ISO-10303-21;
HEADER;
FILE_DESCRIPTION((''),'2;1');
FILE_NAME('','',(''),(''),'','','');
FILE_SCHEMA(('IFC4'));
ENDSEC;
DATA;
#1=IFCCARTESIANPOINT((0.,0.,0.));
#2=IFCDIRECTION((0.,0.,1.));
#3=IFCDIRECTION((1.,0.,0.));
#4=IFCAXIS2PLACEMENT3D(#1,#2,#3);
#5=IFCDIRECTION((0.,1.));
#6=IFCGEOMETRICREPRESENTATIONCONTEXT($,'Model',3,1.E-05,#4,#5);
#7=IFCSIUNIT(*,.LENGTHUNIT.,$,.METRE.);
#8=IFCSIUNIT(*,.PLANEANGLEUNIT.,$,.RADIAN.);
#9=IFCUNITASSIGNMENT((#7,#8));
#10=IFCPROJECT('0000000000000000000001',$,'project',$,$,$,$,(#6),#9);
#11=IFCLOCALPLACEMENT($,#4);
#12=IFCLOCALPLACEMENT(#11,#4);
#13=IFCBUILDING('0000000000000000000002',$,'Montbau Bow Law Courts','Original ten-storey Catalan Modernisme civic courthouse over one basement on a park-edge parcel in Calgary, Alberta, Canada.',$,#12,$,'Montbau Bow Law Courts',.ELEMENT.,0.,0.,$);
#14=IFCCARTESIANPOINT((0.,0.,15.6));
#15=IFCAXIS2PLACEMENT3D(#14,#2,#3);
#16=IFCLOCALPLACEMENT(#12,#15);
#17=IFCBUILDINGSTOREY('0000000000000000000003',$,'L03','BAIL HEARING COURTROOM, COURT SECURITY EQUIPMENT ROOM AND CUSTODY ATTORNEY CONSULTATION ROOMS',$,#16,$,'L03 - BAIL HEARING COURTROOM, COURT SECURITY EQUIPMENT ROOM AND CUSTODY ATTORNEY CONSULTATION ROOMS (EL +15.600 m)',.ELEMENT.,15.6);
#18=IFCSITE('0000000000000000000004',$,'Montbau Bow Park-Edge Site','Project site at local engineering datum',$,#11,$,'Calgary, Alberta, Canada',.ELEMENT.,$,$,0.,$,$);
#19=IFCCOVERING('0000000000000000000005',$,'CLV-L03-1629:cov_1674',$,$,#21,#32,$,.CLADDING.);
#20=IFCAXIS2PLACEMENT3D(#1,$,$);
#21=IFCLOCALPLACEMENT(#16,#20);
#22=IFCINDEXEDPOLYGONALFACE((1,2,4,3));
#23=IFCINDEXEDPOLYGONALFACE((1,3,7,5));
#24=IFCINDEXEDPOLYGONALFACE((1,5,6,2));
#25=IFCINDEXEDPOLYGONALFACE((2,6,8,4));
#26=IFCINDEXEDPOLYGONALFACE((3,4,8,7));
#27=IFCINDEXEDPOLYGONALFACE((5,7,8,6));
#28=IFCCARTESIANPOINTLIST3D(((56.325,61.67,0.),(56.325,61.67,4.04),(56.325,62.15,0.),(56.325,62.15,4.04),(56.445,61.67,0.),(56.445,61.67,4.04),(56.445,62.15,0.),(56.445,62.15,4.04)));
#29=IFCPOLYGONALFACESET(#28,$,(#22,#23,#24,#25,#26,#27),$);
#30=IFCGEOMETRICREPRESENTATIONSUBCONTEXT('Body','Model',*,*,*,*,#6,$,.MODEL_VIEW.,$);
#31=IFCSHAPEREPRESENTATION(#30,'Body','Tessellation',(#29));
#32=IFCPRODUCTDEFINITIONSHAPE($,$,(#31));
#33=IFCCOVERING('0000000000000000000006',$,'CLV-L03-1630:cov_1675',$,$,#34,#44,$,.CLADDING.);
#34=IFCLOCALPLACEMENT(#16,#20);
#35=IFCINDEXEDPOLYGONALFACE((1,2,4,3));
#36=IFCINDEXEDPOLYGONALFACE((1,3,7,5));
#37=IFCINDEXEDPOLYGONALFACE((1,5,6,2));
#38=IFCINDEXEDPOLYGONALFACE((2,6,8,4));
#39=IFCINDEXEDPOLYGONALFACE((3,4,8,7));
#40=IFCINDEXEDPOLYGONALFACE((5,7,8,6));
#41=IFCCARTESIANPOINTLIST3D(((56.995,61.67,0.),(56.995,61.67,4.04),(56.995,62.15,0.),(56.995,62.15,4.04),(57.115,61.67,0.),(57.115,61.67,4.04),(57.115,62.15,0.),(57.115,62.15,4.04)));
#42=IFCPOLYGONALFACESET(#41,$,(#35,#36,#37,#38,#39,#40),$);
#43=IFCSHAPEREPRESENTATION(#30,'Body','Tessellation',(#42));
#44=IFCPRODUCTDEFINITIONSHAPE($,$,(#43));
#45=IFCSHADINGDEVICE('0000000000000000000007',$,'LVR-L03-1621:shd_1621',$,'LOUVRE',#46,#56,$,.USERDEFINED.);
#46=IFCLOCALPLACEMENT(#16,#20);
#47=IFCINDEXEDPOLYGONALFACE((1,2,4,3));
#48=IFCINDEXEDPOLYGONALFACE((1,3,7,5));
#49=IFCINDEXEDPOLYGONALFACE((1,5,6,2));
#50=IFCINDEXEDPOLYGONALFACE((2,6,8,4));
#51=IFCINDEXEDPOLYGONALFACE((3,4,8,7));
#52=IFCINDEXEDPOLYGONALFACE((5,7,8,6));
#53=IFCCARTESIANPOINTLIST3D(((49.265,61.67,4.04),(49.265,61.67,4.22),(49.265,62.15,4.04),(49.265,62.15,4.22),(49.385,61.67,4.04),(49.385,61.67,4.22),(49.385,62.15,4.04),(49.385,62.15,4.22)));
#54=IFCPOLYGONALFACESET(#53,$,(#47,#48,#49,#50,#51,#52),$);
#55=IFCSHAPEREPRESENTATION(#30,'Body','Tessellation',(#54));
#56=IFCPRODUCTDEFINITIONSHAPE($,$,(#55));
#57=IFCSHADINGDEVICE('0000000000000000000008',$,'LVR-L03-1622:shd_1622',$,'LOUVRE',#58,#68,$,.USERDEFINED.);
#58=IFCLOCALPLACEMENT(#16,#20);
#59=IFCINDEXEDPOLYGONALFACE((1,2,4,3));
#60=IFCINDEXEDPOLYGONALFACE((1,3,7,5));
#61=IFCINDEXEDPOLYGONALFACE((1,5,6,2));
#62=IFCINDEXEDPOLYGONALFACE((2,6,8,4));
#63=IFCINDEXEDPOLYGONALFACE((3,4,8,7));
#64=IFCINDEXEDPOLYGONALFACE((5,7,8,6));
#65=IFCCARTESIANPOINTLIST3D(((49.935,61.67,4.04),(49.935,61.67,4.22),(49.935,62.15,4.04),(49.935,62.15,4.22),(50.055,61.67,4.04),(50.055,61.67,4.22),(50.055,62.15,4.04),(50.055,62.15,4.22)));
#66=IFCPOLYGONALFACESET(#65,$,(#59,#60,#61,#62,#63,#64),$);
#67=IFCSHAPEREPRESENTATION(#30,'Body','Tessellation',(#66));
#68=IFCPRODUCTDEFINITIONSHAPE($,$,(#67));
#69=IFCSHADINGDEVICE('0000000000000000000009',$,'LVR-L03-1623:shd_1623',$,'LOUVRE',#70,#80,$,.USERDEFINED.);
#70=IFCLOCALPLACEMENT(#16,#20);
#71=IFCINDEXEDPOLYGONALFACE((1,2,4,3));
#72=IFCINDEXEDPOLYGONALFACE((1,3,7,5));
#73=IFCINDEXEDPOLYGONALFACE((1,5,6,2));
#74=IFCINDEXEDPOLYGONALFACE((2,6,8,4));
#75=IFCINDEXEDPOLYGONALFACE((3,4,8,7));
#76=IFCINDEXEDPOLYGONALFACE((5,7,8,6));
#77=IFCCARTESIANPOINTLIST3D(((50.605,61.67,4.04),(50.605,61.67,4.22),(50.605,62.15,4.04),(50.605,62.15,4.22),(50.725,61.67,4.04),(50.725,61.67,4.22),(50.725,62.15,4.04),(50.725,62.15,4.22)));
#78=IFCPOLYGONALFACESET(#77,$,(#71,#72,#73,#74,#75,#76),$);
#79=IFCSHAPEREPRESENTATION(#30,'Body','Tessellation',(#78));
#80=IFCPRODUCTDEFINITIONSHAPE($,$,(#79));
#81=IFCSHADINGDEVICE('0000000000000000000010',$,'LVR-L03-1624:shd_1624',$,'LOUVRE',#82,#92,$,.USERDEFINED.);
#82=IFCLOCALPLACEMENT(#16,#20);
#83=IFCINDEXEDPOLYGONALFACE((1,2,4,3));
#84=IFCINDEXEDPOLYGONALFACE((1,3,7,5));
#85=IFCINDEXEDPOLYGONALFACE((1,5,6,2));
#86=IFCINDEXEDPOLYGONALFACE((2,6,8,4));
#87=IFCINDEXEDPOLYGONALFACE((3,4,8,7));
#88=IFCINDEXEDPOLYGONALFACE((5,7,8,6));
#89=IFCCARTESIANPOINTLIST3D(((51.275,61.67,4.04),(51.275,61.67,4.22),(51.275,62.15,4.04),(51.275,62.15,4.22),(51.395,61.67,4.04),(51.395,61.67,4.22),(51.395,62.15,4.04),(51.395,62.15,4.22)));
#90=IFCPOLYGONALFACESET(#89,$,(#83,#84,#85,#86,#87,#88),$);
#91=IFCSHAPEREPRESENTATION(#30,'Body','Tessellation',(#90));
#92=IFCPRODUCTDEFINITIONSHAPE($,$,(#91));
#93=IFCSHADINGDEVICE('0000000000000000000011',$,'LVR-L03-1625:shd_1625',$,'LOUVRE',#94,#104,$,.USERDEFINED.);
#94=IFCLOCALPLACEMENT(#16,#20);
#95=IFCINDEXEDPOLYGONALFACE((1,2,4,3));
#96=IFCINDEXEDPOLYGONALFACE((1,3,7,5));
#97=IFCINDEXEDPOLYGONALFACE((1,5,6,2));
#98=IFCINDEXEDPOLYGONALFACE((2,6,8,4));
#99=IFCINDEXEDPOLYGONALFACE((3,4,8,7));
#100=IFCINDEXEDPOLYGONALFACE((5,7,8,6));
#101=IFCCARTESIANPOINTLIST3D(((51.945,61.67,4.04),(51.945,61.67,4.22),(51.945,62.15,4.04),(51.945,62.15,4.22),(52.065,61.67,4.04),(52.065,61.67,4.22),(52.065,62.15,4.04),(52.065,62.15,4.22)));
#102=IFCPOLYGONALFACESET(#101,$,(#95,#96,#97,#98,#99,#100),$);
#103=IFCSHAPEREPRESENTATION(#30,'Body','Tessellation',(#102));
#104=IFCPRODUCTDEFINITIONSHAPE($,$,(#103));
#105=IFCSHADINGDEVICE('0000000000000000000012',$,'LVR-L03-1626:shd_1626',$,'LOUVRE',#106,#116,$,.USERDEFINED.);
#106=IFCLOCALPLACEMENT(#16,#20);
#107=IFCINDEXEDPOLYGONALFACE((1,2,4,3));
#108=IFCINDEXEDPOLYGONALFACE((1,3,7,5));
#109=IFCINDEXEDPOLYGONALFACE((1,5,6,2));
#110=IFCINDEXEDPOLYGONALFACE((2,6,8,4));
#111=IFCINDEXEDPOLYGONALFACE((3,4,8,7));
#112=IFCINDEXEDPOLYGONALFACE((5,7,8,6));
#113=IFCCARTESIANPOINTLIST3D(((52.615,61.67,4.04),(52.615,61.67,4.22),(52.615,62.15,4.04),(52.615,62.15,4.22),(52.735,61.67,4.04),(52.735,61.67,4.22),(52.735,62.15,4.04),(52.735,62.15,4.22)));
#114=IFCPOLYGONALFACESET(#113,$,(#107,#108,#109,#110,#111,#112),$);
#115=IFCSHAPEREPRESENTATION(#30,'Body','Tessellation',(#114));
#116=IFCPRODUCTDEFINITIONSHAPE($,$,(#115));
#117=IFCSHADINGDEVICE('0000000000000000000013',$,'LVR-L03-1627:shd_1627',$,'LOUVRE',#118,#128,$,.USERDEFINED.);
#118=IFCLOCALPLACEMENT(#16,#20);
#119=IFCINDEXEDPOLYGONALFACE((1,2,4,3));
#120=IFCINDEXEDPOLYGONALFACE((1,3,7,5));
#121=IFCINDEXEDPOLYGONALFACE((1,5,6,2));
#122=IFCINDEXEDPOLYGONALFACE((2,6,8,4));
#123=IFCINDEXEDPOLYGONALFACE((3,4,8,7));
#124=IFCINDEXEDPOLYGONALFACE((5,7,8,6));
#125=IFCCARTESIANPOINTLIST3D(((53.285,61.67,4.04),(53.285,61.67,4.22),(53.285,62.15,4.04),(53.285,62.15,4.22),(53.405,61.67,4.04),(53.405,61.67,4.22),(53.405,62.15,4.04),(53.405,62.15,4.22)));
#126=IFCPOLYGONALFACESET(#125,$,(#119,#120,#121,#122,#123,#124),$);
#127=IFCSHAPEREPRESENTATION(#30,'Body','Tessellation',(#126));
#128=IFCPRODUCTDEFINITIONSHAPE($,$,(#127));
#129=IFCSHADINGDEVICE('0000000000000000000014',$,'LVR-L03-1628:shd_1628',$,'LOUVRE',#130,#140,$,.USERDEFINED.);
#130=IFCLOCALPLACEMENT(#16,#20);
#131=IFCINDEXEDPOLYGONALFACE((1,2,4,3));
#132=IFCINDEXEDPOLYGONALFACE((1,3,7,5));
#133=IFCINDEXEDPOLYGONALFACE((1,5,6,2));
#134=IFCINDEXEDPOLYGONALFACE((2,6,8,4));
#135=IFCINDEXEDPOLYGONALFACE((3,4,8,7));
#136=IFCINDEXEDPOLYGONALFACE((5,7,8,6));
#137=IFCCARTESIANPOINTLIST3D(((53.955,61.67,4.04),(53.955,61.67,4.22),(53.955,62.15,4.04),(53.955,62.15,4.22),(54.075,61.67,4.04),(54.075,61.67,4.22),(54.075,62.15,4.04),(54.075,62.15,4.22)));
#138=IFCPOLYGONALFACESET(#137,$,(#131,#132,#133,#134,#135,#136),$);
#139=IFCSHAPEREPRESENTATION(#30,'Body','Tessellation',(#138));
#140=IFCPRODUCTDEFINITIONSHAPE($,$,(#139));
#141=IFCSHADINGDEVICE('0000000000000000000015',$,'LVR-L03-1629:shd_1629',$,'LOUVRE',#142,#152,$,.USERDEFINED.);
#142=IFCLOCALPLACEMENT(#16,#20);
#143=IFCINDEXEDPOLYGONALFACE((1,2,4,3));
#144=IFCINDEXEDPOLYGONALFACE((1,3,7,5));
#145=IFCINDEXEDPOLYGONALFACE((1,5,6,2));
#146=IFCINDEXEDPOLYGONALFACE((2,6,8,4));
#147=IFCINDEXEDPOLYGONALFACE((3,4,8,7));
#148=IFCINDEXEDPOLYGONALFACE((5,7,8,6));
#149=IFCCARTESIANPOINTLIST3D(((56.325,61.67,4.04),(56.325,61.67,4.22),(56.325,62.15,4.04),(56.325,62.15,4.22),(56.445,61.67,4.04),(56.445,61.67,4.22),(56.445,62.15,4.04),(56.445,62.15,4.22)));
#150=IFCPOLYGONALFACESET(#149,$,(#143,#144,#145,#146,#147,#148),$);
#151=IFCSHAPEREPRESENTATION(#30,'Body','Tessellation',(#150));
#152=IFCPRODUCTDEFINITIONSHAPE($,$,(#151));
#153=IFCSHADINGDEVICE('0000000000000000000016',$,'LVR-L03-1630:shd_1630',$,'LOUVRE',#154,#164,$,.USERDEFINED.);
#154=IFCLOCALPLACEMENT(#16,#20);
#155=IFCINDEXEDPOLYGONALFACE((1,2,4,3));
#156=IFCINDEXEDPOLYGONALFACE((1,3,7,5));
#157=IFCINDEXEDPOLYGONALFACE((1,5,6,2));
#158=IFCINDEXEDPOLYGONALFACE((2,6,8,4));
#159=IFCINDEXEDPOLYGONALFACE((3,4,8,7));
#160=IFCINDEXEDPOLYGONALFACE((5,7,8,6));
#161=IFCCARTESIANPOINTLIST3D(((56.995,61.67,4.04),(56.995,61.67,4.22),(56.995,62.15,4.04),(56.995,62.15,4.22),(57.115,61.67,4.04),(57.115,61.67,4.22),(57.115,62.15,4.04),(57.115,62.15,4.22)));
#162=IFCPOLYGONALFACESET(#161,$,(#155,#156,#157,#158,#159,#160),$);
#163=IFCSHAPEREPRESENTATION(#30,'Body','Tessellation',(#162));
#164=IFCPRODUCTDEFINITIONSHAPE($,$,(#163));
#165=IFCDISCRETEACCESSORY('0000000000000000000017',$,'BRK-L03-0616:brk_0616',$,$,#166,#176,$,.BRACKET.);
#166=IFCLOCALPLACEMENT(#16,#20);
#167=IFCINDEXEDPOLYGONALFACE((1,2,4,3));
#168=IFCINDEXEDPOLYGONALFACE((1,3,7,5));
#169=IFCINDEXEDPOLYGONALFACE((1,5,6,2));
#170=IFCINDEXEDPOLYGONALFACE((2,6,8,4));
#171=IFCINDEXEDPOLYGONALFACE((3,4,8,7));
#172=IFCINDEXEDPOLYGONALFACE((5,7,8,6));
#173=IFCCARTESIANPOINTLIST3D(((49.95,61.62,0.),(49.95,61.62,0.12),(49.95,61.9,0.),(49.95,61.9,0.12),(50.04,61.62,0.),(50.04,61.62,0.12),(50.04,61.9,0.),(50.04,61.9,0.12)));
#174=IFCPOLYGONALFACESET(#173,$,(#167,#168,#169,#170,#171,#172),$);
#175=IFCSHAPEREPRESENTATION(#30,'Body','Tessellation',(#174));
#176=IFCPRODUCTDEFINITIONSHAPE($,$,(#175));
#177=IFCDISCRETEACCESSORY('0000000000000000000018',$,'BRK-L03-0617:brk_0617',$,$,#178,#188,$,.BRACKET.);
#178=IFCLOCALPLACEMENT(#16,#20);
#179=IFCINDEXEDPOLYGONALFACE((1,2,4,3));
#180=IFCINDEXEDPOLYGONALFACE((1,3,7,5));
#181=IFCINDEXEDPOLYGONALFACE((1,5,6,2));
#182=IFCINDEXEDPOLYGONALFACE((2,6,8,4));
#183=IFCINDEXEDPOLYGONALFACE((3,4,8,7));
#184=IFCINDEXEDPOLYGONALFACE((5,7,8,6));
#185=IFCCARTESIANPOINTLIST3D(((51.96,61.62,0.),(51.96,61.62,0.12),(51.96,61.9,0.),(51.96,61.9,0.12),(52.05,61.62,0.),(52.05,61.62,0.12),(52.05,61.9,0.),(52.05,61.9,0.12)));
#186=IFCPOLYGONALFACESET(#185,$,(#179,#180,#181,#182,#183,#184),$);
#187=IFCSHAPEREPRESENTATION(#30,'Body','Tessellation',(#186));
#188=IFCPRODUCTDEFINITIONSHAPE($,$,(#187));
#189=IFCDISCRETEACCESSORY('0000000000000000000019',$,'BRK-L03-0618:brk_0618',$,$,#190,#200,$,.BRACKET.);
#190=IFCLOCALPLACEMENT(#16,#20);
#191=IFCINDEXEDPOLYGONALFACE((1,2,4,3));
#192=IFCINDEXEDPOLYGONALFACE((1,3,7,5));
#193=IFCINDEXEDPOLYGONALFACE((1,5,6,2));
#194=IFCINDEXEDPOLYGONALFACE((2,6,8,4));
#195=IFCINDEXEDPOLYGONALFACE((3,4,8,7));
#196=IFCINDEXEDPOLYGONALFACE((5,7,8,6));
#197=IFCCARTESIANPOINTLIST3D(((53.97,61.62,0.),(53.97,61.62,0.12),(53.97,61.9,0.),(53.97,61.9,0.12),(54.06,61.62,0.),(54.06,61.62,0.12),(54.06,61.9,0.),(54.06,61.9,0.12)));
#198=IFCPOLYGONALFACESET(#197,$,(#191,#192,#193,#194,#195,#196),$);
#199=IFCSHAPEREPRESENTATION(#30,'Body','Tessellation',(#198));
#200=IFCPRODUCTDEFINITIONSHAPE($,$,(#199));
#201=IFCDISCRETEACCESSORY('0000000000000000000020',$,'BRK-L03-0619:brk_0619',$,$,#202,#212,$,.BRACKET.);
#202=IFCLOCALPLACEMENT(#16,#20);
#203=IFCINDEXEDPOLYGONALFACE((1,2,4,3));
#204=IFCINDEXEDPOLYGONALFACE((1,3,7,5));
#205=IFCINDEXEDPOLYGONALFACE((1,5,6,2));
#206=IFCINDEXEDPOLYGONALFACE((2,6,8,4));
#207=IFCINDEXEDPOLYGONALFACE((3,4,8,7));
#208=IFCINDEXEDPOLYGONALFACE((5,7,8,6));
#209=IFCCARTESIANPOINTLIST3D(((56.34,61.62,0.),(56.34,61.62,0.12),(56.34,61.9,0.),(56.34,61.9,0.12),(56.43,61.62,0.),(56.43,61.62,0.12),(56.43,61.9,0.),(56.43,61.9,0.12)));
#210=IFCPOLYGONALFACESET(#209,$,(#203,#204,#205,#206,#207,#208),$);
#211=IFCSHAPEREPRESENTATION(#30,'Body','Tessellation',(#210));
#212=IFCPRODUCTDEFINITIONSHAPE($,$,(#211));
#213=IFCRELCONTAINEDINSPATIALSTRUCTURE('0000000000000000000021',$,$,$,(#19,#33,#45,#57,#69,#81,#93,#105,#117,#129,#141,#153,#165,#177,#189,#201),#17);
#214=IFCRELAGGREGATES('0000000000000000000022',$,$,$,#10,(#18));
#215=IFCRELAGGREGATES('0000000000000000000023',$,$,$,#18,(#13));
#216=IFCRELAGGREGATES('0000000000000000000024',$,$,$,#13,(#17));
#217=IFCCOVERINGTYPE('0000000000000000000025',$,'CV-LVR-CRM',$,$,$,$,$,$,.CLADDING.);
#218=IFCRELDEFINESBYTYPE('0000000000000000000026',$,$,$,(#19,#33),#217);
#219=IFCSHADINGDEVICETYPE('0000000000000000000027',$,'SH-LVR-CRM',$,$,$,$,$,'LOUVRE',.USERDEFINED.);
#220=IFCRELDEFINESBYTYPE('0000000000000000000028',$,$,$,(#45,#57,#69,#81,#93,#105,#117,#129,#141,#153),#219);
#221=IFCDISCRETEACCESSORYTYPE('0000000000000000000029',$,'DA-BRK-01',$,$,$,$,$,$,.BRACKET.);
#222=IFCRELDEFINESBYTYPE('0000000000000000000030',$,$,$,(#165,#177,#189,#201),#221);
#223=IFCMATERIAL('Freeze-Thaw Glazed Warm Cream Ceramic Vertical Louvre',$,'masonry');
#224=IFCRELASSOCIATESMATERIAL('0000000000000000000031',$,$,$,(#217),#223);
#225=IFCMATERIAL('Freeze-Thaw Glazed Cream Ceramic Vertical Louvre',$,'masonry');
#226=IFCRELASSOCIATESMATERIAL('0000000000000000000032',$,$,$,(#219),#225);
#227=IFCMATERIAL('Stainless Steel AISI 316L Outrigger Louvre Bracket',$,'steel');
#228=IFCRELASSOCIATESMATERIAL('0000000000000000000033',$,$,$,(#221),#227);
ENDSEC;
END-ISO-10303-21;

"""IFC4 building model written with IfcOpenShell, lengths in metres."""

from ifc_helpers import new_model, si_unit, direction, frame, frame_2d, origin_with_axes, origin_2d_with_axis, place, context, subcontext, project, spatial, rectangle, extrude, material, type_object, element, save


model = new_model("IFC4")

# Units and contexts
model_context = context("Model", 3, precision=1e-05, world=origin_with_axes(), true_north=direction((0.0, 1.0)))
body_context = subcontext(model_context, "Body", "Model", "MODEL_VIEW")
ifc_project = project(units=[si_unit("LENGTHUNIT", "METRE"), si_unit("PLANEANGLEUNIT", "RADIAN")], contexts=[model_context])

# Site, building, storey
site_placement = place(None, origin_with_axes())
site = spatial("IfcSite", under=ifc_project, at=site_placement, Name="Montbau Bow Park-Edge Site", Description="Project site at local engineering datum", LongName="Calgary, Alberta, Canada", CompositionType="ELEMENT", RefElevation=0.0)
building_placement = place(site_placement, origin_with_axes())
building = spatial("IfcBuilding", under=site, at=building_placement, Name="Montbau Bow Law Courts", Description="Original ten-storey Catalan Modernisme civic courthouse over one basement on a park-edge parcel in Calgary, Alberta, Canada.", LongName="Montbau Bow Law Courts", CompositionType="ELEMENT", ElevationOfRefHeight=0.0, ElevationOfTerrain=0.0)
storey_placement = place(building_placement, frame((0.0, 0.0, 15.6), z_axis=(0.0, 0.0, 1.0), x_axis=(1.0, 0.0, 0.0)))
storey = spatial("IfcBuildingStorey", under=building, at=storey_placement, Name="L03", Description="BAIL HEARING COURTROOM, COURT SECURITY EQUIPMENT ROOM AND CUSTODY ATTORNEY CONSULTATION ROOMS", LongName="L03 - BAIL HEARING COURTROOM, COURT SECURITY EQUIPMENT ROOM AND CUSTODY ATTORNEY CONSULTATION ROOMS (EL +15.600 m)", CompositionType="ELEMENT", Elevation=15.6)

# Coverings
ifc_material_1 = material(Name="Freeze-Thaw Glazed Warm Cream Ceramic Vertical Louvre", Category="masonry")
covering_type = type_object("IfcCoveringType", Name="CV-LVR-CRM", PredefinedType="CLADDING", material=ifc_material_1)
for number, where, z_axis, x_axis, name in (
    (1, (56.385, 61.67, 15.6), (1.0, 0.0, 0.0), (0.0, 1.0, 0.0), "CLV-L03-1629:cov_1674"),
    (2, (57.055, 61.67, 15.6), (1.0, 0.0, 0.0), (0.0, 1.0, 0.0), "CLV-L03-1630:cov_1675"),
):
    element("IfcCovering", number, at=place(None, frame(where, z_axis=z_axis, x_axis=x_axis)), inside=storey, type_object=covering_type, Name=name, PredefinedType="CLADDING", context=body_context, shape_type="SweptSolid", body=[
        extrude(rectangle(XDim=0.48, YDim=4.04, at=frame_2d((0.24, 2.02), x_axis=(1.0, 0.0))), frame((0.0, 0.0, -0.06), z_axis=(0.0, 0.0, 1.0), x_axis=(1.0, 0.0, 0.0)), (0.0, 0.0, 1.0), 0.12),
    ])

# Shading devices
ifc_material_2 = material(Name="Freeze-Thaw Glazed Cream Ceramic Vertical Louvre", Category="masonry")
shading_device_type = type_object("IfcShadingDeviceType", Name="SH-LVR-CRM", ElementType="LOUVRE", PredefinedType="USERDEFINED", material=ifc_material_2)
for number, where, z_axis, x_axis, name in (
    (3, (49.325, 61.91, 19.64), (0.0, 0.0, 1.0), (0.0, 1.0, 0.0), "LVR-L03-1621:shd_1621"),
    (4, (49.995, 61.91, 19.64), (0.0, 0.0, 1.0), (0.0, 1.0, 0.0), "LVR-L03-1622:shd_1622"),
    (5, (50.665, 61.91, 19.64), (0.0, 0.0, 1.0), (0.0, 1.0, 0.0), "LVR-L03-1623:shd_1623"),
    (6, (51.335, 61.91, 19.64), (0.0, 0.0, 1.0), (0.0, 1.0, 0.0), "LVR-L03-1624:shd_1624"),
    (7, (52.005, 61.91, 19.64), (0.0, 0.0, 1.0), (0.0, 1.0, 0.0), "LVR-L03-1625:shd_1625"),
    (8, (52.675, 61.91, 19.64), (0.0, 0.0, 1.0), (0.0, 1.0, 0.0), "LVR-L03-1626:shd_1626"),
    (9, (53.345, 61.91, 19.64), (0.0, 0.0, 1.0), (0.0, 1.0, 0.0), "LVR-L03-1627:shd_1627"),
    (10, (54.015, 61.91, 19.64), (0.0, 0.0, 1.0), (0.0, 1.0, 0.0), "LVR-L03-1628:shd_1628"),
    (11, (56.385, 61.91, 19.64), (0.0, 0.0, 1.0), (0.0, 1.0, 0.0), "LVR-L03-1629:shd_1629"),
    (12, (57.055, 61.91, 19.64), (0.0, 0.0, 1.0), (0.0, 1.0, 0.0), "LVR-L03-1630:shd_1630"),
):
    element("IfcShadingDevice", number, at=place(None, frame(where, z_axis=z_axis, x_axis=x_axis)), inside=storey, type_object=shading_device_type, Name=name, ObjectType="LOUVRE", PredefinedType="USERDEFINED", context=body_context, shape_type="SweptSolid", body=[
        extrude(rectangle(XDim=0.48, YDim=0.12, at=origin_2d_with_axis()), origin_with_axes(), (0.0, 0.0, 1.0), 0.18),
    ])

# Discrete accessories
ifc_material_3 = material(Name="Stainless Steel AISI 316L Outrigger Louvre Bracket", Category="steel")
discrete_accessory_type = type_object("IfcDiscreteAccessoryType", Name="DA-BRK-01", PredefinedType="BRACKET", material=ifc_material_3)
for number, where, z_axis, x_axis, name in (
    (13, (49.995, 61.76, 15.6), (0.0, 0.0, 1.0), (0.0, 1.0, 0.0), "BRK-L03-0616:brk_0616"),
    (14, (52.005, 61.76, 15.6), (0.0, 0.0, 1.0), (0.0, 1.0, 0.0), "BRK-L03-0617:brk_0617"),
    (15, (54.015, 61.76, 15.6), (0.0, 0.0, 1.0), (0.0, 1.0, 0.0), "BRK-L03-0618:brk_0618"),
    (16, (56.385, 61.76, 15.6), (0.0, 0.0, 1.0), (0.0, 1.0, 0.0), "BRK-L03-0619:brk_0619"),
):
    element("IfcDiscreteAccessory", number, at=place(None, frame(where, z_axis=z_axis, x_axis=x_axis)), inside=storey, type_object=discrete_accessory_type, Name=name, PredefinedType="BRACKET", context=body_context, shape_type="SweptSolid", body=[
        extrude(rectangle(XDim=0.28, YDim=0.09, at=origin_2d_with_axis()), origin_with_axes(), (0.0, 0.0, 1.0), 0.12),
    ])

save(model, "model.ifc")
